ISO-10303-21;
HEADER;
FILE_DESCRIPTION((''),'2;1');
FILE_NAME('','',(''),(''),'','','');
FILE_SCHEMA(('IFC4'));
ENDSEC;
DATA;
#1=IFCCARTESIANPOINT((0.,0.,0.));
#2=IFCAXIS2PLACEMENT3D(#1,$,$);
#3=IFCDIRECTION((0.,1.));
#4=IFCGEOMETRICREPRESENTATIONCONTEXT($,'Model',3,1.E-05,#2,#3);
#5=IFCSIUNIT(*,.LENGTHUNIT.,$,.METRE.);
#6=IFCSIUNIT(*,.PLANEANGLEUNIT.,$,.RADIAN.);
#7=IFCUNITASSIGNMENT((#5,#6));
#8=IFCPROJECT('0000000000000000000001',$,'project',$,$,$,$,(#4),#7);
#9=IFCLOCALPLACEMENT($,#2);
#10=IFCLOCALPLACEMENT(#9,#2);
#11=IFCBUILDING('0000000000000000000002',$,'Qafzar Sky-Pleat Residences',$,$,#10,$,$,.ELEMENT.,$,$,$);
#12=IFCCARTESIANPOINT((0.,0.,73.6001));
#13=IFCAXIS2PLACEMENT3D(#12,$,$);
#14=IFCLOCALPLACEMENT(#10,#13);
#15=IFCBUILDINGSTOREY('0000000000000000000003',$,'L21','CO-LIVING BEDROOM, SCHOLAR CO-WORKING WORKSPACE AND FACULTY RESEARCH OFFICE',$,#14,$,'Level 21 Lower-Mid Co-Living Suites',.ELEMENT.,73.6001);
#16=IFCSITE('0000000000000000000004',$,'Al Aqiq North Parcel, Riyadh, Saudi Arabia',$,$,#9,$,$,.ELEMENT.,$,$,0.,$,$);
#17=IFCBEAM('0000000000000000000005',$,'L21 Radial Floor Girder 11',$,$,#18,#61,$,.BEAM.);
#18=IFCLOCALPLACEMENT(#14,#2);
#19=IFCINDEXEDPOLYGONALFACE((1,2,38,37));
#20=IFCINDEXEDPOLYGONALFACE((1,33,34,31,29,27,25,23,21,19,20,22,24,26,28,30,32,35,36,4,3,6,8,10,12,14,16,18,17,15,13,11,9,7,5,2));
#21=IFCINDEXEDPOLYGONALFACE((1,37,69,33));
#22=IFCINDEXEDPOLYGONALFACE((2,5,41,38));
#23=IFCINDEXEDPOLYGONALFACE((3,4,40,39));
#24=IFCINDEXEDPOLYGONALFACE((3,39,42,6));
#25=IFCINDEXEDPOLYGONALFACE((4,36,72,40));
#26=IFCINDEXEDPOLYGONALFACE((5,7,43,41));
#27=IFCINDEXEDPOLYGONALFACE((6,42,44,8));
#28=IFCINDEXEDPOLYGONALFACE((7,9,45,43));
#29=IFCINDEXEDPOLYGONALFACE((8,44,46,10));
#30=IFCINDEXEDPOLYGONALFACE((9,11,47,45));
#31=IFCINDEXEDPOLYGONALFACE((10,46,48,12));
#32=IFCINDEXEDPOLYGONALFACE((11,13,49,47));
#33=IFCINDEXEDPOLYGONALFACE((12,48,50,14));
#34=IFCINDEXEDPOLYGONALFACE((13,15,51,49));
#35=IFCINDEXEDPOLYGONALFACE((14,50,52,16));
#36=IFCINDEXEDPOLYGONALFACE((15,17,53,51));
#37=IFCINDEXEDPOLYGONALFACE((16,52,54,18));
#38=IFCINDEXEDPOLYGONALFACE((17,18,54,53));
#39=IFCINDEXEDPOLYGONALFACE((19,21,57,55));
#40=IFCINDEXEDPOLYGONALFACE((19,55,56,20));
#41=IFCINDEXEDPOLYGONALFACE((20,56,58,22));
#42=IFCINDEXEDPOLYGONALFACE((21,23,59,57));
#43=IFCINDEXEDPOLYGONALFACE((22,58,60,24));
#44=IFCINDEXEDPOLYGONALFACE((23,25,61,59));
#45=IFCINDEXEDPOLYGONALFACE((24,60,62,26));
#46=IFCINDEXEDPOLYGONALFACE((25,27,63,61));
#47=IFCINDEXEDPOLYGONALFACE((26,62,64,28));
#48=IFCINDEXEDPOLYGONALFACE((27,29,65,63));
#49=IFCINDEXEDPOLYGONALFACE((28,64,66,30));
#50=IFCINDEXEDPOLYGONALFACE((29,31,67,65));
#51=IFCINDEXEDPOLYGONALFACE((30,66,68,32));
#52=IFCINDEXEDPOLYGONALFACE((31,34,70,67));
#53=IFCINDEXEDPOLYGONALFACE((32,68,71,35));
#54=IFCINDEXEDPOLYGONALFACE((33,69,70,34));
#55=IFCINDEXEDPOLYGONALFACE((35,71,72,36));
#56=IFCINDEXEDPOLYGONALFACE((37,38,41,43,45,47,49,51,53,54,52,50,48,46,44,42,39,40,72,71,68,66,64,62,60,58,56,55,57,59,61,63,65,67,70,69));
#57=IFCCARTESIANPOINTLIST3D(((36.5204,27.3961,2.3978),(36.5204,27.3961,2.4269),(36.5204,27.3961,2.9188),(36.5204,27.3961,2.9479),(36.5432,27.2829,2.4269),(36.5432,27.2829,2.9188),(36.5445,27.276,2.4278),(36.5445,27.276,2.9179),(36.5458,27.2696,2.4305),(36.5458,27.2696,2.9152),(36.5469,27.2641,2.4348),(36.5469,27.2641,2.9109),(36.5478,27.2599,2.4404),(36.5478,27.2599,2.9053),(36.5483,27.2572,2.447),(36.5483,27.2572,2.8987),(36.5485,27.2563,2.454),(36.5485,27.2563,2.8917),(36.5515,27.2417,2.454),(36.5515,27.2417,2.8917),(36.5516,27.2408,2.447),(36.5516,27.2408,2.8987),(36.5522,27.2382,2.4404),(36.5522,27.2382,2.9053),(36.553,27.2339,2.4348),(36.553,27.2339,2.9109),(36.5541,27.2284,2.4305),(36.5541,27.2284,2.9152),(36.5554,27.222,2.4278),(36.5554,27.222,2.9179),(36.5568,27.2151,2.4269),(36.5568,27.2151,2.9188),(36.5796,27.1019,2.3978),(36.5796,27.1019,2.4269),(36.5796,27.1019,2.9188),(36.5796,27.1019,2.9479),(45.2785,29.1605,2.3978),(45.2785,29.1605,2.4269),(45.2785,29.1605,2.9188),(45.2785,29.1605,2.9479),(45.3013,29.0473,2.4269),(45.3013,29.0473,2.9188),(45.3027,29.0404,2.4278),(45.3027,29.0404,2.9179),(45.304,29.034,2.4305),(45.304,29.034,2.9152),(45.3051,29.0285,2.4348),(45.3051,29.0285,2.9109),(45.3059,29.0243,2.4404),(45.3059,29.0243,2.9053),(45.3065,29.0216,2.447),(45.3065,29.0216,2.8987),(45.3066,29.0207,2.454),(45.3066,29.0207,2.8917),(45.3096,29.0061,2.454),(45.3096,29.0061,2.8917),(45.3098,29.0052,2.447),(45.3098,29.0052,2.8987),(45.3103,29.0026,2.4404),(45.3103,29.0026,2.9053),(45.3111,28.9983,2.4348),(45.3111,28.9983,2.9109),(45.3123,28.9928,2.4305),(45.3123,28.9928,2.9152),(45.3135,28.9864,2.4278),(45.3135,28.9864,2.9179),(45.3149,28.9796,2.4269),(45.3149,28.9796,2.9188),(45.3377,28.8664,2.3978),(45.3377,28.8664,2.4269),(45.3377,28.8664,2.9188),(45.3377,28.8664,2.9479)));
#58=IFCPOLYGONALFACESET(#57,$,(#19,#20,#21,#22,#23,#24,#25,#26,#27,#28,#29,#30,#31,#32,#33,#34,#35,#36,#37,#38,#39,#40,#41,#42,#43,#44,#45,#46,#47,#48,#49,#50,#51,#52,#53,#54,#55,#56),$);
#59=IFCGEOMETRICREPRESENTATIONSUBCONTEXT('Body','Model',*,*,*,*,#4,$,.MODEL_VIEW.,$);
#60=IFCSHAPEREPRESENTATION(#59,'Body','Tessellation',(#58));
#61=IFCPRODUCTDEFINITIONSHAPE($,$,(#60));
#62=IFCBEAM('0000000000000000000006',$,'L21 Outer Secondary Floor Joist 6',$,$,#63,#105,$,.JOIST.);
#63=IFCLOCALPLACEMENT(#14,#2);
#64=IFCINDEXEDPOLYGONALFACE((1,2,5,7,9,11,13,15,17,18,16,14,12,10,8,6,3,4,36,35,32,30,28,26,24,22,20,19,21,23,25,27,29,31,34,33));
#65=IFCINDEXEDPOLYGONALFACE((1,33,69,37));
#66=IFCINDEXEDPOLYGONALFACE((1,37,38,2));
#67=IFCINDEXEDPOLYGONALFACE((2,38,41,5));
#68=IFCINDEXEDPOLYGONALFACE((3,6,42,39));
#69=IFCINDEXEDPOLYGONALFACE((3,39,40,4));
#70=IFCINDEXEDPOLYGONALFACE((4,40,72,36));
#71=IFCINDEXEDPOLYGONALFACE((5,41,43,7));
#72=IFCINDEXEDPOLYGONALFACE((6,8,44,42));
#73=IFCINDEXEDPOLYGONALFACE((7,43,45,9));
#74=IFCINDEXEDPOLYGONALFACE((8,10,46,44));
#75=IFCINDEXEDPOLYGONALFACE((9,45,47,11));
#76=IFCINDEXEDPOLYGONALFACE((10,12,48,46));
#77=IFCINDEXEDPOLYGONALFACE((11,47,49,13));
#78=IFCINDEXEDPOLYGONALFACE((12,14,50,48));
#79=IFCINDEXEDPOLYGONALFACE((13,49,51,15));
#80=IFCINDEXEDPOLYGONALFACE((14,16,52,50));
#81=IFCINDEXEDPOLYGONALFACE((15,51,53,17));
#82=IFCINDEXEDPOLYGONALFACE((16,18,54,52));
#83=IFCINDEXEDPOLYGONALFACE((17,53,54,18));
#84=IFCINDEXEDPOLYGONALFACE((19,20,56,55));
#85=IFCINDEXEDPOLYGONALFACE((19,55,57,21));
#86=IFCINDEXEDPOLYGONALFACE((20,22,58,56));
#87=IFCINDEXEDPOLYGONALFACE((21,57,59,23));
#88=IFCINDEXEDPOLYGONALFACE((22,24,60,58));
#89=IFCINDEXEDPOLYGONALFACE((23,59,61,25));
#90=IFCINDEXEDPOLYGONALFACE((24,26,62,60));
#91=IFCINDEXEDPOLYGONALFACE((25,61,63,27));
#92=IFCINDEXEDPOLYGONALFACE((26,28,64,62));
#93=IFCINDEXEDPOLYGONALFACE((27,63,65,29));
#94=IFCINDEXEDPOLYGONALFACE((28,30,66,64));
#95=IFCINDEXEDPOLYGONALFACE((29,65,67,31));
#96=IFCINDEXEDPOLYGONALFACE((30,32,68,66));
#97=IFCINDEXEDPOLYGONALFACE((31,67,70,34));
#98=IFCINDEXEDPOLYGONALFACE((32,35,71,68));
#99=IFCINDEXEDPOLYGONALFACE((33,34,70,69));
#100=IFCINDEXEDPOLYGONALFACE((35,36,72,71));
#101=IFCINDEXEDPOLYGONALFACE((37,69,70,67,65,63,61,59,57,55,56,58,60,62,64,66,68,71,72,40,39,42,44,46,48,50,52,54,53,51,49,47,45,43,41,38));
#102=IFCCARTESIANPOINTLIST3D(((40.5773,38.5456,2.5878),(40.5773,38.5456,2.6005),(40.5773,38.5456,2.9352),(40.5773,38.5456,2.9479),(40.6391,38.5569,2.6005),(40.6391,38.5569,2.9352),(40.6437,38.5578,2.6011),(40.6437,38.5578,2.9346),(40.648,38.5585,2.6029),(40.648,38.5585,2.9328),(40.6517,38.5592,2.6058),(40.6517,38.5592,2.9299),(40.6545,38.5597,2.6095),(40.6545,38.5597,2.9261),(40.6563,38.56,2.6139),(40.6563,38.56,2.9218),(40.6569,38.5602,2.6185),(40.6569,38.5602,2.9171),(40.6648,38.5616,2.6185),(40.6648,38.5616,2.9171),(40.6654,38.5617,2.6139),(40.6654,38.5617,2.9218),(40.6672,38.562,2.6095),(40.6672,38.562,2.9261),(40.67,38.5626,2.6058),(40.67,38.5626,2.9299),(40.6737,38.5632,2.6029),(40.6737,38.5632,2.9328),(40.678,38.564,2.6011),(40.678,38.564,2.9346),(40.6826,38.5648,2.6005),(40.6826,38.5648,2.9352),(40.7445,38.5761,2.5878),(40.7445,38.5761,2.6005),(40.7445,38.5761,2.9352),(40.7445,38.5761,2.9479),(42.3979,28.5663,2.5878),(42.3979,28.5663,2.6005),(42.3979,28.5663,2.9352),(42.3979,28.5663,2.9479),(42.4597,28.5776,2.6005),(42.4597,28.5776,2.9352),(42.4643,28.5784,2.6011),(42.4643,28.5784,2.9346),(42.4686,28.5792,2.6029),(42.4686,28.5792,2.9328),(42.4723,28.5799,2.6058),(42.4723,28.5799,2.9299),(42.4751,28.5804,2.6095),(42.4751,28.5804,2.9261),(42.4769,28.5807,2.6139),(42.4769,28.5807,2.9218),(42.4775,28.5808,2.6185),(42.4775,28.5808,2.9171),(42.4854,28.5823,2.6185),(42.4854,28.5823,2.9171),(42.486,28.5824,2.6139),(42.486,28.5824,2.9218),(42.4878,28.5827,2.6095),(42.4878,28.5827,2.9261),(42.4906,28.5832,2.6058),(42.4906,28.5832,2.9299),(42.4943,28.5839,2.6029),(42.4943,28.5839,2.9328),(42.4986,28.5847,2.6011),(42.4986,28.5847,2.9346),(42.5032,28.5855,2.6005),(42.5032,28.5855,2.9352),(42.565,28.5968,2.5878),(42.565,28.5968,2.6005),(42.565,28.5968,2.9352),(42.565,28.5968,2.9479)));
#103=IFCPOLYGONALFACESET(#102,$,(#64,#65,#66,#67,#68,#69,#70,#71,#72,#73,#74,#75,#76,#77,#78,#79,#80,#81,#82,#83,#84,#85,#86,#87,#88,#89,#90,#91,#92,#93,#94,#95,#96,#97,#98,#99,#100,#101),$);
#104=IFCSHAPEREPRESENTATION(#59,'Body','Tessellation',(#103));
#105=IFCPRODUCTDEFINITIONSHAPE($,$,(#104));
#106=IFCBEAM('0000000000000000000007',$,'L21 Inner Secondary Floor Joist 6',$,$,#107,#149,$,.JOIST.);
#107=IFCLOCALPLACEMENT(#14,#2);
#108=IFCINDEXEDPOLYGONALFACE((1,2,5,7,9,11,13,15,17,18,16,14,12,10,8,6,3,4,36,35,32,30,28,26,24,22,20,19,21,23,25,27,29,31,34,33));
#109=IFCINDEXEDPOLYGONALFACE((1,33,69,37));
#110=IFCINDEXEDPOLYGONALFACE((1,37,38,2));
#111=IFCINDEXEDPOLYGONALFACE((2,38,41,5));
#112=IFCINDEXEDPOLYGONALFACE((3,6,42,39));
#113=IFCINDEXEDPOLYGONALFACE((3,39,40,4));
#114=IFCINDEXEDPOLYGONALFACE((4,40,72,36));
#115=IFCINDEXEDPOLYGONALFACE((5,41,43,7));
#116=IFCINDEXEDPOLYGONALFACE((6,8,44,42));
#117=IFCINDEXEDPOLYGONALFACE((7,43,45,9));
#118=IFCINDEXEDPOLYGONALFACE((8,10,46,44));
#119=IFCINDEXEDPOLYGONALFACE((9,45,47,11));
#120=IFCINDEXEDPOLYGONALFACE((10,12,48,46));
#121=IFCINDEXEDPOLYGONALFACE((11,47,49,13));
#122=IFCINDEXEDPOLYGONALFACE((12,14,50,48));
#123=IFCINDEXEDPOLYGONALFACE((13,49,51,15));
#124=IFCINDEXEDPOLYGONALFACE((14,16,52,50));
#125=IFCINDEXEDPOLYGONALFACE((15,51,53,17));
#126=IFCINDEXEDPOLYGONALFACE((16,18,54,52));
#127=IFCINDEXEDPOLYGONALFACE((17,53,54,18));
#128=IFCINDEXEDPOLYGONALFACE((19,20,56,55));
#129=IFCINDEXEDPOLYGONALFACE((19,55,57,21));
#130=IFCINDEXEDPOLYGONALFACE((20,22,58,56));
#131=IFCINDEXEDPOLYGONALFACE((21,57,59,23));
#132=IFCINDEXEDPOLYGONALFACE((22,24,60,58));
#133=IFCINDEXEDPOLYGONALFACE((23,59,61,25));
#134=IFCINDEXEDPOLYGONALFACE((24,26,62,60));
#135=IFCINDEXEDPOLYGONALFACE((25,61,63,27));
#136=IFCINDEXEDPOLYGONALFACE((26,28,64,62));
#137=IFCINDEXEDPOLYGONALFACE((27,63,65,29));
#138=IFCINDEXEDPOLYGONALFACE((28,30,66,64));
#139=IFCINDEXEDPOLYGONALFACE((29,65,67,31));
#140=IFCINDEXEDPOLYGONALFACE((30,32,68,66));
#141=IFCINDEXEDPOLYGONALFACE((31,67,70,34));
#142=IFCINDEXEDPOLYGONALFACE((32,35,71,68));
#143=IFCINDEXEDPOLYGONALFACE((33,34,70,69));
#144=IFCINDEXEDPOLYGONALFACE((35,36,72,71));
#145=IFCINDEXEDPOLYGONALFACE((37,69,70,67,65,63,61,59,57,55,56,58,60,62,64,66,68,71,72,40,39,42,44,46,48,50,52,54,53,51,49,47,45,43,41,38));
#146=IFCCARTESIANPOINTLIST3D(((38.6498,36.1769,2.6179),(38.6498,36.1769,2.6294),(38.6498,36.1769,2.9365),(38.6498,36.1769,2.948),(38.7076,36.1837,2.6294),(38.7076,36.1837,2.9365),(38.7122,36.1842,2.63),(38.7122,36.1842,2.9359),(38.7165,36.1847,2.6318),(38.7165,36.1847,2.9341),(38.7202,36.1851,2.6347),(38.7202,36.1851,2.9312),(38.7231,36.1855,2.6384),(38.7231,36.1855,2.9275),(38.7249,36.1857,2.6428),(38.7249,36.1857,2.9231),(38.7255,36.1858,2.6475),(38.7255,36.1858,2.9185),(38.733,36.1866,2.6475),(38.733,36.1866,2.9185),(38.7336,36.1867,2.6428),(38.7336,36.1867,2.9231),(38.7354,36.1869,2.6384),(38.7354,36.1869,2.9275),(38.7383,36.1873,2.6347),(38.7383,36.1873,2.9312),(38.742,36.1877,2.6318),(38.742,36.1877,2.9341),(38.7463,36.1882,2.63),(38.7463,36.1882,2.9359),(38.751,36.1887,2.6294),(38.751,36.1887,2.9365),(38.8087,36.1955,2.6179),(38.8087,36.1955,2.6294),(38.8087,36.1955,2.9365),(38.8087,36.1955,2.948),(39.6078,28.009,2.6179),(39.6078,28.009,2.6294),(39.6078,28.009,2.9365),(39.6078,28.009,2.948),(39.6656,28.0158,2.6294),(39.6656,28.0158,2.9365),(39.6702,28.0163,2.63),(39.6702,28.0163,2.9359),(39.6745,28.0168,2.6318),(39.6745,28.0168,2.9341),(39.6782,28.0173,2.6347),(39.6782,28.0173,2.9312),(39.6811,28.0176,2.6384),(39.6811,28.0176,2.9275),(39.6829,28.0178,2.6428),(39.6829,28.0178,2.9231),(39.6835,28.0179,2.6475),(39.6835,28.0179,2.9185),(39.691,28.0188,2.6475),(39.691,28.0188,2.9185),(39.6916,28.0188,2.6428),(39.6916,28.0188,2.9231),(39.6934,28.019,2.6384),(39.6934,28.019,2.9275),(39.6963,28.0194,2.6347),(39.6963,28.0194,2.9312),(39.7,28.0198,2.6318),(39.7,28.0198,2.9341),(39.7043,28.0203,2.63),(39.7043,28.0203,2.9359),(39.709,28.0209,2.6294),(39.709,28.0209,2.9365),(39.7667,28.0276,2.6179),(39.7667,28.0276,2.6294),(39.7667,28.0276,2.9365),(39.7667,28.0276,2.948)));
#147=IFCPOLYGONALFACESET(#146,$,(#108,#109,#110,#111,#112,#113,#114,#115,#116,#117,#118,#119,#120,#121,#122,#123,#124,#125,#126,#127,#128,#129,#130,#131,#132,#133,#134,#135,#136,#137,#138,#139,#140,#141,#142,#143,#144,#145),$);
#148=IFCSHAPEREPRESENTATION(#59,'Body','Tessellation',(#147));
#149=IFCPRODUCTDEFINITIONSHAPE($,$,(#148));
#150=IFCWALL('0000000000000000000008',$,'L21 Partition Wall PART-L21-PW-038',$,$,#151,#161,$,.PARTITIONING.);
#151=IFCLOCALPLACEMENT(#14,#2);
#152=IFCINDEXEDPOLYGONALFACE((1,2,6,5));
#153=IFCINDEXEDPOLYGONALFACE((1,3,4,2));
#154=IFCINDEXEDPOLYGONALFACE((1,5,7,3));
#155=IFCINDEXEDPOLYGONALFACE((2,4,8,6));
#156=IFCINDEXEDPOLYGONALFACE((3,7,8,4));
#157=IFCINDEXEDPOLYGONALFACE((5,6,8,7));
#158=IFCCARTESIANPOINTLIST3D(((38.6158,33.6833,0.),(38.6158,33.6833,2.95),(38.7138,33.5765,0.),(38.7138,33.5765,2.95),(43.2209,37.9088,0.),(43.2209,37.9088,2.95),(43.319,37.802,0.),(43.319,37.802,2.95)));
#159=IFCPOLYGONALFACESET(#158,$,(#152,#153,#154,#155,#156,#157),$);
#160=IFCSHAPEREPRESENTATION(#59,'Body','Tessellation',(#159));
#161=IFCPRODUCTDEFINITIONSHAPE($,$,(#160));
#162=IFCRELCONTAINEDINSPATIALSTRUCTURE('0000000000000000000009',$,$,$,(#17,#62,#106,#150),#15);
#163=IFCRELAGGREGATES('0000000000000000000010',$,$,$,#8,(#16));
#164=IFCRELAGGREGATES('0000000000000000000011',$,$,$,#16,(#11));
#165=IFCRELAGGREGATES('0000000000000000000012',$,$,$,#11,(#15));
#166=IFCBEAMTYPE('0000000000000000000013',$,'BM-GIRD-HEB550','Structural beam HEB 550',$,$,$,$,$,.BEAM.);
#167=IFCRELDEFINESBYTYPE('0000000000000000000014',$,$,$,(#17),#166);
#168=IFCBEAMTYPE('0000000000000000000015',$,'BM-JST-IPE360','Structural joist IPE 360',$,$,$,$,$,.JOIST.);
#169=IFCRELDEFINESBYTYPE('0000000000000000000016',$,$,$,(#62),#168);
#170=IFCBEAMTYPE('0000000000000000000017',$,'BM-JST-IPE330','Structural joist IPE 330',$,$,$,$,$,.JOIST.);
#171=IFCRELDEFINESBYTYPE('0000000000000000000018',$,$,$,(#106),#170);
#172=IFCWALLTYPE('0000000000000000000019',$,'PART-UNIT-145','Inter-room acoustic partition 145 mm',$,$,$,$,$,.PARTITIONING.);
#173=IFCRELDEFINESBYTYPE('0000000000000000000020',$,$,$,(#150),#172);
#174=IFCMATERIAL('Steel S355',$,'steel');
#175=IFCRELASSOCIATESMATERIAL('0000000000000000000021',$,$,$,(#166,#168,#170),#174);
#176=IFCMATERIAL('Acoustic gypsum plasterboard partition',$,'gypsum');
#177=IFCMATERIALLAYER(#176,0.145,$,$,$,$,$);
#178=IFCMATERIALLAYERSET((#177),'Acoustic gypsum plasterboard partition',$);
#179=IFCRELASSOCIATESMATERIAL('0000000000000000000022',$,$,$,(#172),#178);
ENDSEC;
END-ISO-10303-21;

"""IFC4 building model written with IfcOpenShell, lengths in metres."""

from ifc_helpers import new_model, si_unit, direction, frame, frame_2d, origin, origin_2d, place, context, subcontext, project, spatial, rectangle, i_section, extrude, source, transform, mapped, material, layer, layer_set, material_profile, profile_set, type_object, element, save


model = new_model("IFC4")

# Units and contexts
model_context = context("Model", 3, precision=1e-05, world=origin(), true_north=direction((0.0, 1.0)))
body_context = subcontext(model_context, "Body", "Model", "MODEL_VIEW")
ifc_project = project(units=[si_unit("LENGTHUNIT", "METRE"), si_unit("PLANEANGLEUNIT", "RADIAN")], contexts=[model_context])

# Site, building, storey
site_placement = place(None, origin())
site = spatial("IfcSite", under=ifc_project, at=site_placement, Name="Al Aqiq North Parcel, Riyadh, Saudi Arabia", CompositionType="ELEMENT", RefElevation=0.0)
building_placement = place(site_placement, origin())
building = spatial("IfcBuilding", under=site, at=building_placement, Name="Qafzar Sky-Pleat Residences", CompositionType="ELEMENT")
storey_placement = place(building_placement, frame((0.0, 0.0, 73.6001)))
storey = spatial("IfcBuildingStorey", under=building, at=storey_placement, Name="L21", Description="CO-LIVING BEDROOM, SCHOLAR CO-WORKING WORKSPACE AND FACULTY RESEARCH OFFICE", LongName="Level 21 Lower-Mid Co-Living Suites", CompositionType="ELEMENT", Elevation=73.6001)

# Beams
ifc_material_1 = material(Name="Steel S355", Category="steel")
ifc_material_profile_1 = material_profile(ifc_material_1, i_section(OverallWidth=0.3, OverallDepth=0.55, WebThickness=0.0149, FlangeThickness=0.0291, FilletRadius=0.0271, at=origin_2d()), Name="HEB 550")
ifc_profile_set_1 = profile_set([ifc_material_profile_1], Name="Steel S355")
beam_type_1 = type_object("IfcBeamType", Name="BM-GIRD-HEB550", Description="Structural beam HEB 550", PredefinedType="BEAM", material=ifc_profile_set_1)
shared_shape_1 = source(origin(), body_context, "Body", "SweptSolid", [
    extrude(i_section(OverallWidth=0.3, OverallDepth=0.55, WebThickness=0.0149, FlangeThickness=0.0291, FilletRadius=0.0271, at=origin_2d()), origin(), (0.0, 0.0, 1.0), 8.9341),
])
beam_1_placement = place(storey_placement, frame((45.3081, 29.0134, 2.6729), z_axis=(-0.980304, -0.197493, 0.0), x_axis=(0.197493, -0.980304, 0.0)))
element("IfcBeam", 1, at=beam_1_placement, inside=storey, type_object=beam_type_1, Name="L21 Radial Floor Girder 11", PredefinedType="BEAM", context=body_context, shape_type="MappedRepresentation", body=[
    mapped(shared_shape_1, transform((0.0, 0.0, 0.0), x_axis=(1.0, 0.0, 0.0), y_axis=(0.0, 1.0, 0.0), z_axis=(0.0, 0.0, 1.0), scale=1.0)),
])
ifc_material_profile_2 = material_profile(ifc_material_1, i_section(OverallWidth=0.1699, OverallDepth=0.3601, WebThickness=0.0081, FlangeThickness=0.0127, FilletRadius=0.0181, at=origin_2d()), Name="IPE 360")
ifc_profile_set_2 = profile_set([ifc_material_profile_2], Name="Steel S355")
beam_type_2 = type_object("IfcBeamType", Name="BM-JST-IPE360", Description="Structural joist IPE 360", PredefinedType="JOIST", material=ifc_profile_set_2)
shared_shape_2 = source(origin(), body_context, "Body", "SweptSolid", [
    extrude(i_section(OverallWidth=0.1699, OverallDepth=0.3601, WebThickness=0.0081, FlangeThickness=0.0127, FilletRadius=0.0181, at=origin_2d()), origin(), (0.0, 0.0, 1.0), 10.144),
])
beam_2_placement = place(storey_placement, frame((42.4814, 28.5815, 2.7678), z_axis=(-0.179472, 0.983763, 0.0), x_axis=(-0.983763, -0.179472, 0.0)))
element("IfcBeam", 2, at=beam_2_placement, inside=storey, type_object=beam_type_2, Name="L21 Outer Secondary Floor Joist 6", PredefinedType="JOIST", context=body_context, shape_type="MappedRepresentation", body=[
    mapped(shared_shape_2, transform((0.0, 0.0, 0.0), x_axis=(1.0, 0.0, 0.0), y_axis=(0.0, 1.0, 0.0), z_axis=(0.0, 0.0, 1.0), scale=1.0)),
])
ifc_material_profile_3 = material_profile(ifc_material_1, i_section(OverallWidth=0.1599, OverallDepth=0.3301, WebThickness=0.0076, FlangeThickness=0.0115, FilletRadius=0.0181, at=origin_2d()), Name="IPE 330")
ifc_profile_set_3 = profile_set([ifc_material_profile_3], Name="Steel S355")
beam_type_3 = type_object("IfcBeamType", Name="BM-JST-IPE330", Description="Structural joist IPE 330", PredefinedType="JOIST", material=ifc_profile_set_3)
shared_shape_3 = source(origin(), body_context, "Body", "SweptSolid", [
    extrude(i_section(OverallWidth=0.1599, OverallDepth=0.3301, WebThickness=0.0076, FlangeThickness=0.0115, FilletRadius=0.0181, at=origin_2d()), origin(), (0.0, 0.0, 1.0), 8.2239),
])
beam_3_placement = place(storey_placement, frame((39.6873, 28.0183, 2.783), z_axis=(-0.11649, 0.993192, 0.0), x_axis=(-0.993192, -0.11649, 0.0)))
element("IfcBeam", 3, at=beam_3_placement, inside=storey, type_object=beam_type_3, Name="L21 Inner Secondary Floor Joist 6", PredefinedType="JOIST", context=body_context, shape_type="MappedRepresentation", body=[
    mapped(shared_shape_3, transform((0.0, 0.0, 0.0), x_axis=(1.0, 0.0, 0.0), y_axis=(0.0, 1.0, 0.0), z_axis=(0.0, 0.0, 1.0), scale=1.0)),
])

# Wall
ifc_material_2 = material(Name="Acoustic gypsum plasterboard partition", Category="gypsum")
ifc_layer_1 = layer(ifc_material_2, 0.145)
ifc_layer_set_1 = layer_set([ifc_layer_1], Name="Acoustic gypsum plasterboard partition")
wall_type_1 = type_object("IfcWallType", Name="PART-UNIT-145", Description="Inter-room acoustic partition 145 mm", PredefinedType="PARTITIONING", material=ifc_layer_set_1)
wall_1_placement = place(storey_placement, frame((38.6648, 33.6299, 0.0), z_axis=(0.0, 0.0, 1.0), x_axis=(0.736825, 0.676084, 0.0)))
element("IfcWall", 4, at=wall_1_placement, inside=storey, type_object=wall_type_1, Name="L21 Partition Wall PART-L21-PW-038", PredefinedType="PARTITIONING", context=body_context, shape_type="SweptSolid", body=[
    extrude(rectangle(XDim=6.25, YDim=0.145, at=frame_2d((3.125, 0.0))), origin(), (0.0, 0.0, 1.0), 2.95),
])

save(model, "model.ifc")
